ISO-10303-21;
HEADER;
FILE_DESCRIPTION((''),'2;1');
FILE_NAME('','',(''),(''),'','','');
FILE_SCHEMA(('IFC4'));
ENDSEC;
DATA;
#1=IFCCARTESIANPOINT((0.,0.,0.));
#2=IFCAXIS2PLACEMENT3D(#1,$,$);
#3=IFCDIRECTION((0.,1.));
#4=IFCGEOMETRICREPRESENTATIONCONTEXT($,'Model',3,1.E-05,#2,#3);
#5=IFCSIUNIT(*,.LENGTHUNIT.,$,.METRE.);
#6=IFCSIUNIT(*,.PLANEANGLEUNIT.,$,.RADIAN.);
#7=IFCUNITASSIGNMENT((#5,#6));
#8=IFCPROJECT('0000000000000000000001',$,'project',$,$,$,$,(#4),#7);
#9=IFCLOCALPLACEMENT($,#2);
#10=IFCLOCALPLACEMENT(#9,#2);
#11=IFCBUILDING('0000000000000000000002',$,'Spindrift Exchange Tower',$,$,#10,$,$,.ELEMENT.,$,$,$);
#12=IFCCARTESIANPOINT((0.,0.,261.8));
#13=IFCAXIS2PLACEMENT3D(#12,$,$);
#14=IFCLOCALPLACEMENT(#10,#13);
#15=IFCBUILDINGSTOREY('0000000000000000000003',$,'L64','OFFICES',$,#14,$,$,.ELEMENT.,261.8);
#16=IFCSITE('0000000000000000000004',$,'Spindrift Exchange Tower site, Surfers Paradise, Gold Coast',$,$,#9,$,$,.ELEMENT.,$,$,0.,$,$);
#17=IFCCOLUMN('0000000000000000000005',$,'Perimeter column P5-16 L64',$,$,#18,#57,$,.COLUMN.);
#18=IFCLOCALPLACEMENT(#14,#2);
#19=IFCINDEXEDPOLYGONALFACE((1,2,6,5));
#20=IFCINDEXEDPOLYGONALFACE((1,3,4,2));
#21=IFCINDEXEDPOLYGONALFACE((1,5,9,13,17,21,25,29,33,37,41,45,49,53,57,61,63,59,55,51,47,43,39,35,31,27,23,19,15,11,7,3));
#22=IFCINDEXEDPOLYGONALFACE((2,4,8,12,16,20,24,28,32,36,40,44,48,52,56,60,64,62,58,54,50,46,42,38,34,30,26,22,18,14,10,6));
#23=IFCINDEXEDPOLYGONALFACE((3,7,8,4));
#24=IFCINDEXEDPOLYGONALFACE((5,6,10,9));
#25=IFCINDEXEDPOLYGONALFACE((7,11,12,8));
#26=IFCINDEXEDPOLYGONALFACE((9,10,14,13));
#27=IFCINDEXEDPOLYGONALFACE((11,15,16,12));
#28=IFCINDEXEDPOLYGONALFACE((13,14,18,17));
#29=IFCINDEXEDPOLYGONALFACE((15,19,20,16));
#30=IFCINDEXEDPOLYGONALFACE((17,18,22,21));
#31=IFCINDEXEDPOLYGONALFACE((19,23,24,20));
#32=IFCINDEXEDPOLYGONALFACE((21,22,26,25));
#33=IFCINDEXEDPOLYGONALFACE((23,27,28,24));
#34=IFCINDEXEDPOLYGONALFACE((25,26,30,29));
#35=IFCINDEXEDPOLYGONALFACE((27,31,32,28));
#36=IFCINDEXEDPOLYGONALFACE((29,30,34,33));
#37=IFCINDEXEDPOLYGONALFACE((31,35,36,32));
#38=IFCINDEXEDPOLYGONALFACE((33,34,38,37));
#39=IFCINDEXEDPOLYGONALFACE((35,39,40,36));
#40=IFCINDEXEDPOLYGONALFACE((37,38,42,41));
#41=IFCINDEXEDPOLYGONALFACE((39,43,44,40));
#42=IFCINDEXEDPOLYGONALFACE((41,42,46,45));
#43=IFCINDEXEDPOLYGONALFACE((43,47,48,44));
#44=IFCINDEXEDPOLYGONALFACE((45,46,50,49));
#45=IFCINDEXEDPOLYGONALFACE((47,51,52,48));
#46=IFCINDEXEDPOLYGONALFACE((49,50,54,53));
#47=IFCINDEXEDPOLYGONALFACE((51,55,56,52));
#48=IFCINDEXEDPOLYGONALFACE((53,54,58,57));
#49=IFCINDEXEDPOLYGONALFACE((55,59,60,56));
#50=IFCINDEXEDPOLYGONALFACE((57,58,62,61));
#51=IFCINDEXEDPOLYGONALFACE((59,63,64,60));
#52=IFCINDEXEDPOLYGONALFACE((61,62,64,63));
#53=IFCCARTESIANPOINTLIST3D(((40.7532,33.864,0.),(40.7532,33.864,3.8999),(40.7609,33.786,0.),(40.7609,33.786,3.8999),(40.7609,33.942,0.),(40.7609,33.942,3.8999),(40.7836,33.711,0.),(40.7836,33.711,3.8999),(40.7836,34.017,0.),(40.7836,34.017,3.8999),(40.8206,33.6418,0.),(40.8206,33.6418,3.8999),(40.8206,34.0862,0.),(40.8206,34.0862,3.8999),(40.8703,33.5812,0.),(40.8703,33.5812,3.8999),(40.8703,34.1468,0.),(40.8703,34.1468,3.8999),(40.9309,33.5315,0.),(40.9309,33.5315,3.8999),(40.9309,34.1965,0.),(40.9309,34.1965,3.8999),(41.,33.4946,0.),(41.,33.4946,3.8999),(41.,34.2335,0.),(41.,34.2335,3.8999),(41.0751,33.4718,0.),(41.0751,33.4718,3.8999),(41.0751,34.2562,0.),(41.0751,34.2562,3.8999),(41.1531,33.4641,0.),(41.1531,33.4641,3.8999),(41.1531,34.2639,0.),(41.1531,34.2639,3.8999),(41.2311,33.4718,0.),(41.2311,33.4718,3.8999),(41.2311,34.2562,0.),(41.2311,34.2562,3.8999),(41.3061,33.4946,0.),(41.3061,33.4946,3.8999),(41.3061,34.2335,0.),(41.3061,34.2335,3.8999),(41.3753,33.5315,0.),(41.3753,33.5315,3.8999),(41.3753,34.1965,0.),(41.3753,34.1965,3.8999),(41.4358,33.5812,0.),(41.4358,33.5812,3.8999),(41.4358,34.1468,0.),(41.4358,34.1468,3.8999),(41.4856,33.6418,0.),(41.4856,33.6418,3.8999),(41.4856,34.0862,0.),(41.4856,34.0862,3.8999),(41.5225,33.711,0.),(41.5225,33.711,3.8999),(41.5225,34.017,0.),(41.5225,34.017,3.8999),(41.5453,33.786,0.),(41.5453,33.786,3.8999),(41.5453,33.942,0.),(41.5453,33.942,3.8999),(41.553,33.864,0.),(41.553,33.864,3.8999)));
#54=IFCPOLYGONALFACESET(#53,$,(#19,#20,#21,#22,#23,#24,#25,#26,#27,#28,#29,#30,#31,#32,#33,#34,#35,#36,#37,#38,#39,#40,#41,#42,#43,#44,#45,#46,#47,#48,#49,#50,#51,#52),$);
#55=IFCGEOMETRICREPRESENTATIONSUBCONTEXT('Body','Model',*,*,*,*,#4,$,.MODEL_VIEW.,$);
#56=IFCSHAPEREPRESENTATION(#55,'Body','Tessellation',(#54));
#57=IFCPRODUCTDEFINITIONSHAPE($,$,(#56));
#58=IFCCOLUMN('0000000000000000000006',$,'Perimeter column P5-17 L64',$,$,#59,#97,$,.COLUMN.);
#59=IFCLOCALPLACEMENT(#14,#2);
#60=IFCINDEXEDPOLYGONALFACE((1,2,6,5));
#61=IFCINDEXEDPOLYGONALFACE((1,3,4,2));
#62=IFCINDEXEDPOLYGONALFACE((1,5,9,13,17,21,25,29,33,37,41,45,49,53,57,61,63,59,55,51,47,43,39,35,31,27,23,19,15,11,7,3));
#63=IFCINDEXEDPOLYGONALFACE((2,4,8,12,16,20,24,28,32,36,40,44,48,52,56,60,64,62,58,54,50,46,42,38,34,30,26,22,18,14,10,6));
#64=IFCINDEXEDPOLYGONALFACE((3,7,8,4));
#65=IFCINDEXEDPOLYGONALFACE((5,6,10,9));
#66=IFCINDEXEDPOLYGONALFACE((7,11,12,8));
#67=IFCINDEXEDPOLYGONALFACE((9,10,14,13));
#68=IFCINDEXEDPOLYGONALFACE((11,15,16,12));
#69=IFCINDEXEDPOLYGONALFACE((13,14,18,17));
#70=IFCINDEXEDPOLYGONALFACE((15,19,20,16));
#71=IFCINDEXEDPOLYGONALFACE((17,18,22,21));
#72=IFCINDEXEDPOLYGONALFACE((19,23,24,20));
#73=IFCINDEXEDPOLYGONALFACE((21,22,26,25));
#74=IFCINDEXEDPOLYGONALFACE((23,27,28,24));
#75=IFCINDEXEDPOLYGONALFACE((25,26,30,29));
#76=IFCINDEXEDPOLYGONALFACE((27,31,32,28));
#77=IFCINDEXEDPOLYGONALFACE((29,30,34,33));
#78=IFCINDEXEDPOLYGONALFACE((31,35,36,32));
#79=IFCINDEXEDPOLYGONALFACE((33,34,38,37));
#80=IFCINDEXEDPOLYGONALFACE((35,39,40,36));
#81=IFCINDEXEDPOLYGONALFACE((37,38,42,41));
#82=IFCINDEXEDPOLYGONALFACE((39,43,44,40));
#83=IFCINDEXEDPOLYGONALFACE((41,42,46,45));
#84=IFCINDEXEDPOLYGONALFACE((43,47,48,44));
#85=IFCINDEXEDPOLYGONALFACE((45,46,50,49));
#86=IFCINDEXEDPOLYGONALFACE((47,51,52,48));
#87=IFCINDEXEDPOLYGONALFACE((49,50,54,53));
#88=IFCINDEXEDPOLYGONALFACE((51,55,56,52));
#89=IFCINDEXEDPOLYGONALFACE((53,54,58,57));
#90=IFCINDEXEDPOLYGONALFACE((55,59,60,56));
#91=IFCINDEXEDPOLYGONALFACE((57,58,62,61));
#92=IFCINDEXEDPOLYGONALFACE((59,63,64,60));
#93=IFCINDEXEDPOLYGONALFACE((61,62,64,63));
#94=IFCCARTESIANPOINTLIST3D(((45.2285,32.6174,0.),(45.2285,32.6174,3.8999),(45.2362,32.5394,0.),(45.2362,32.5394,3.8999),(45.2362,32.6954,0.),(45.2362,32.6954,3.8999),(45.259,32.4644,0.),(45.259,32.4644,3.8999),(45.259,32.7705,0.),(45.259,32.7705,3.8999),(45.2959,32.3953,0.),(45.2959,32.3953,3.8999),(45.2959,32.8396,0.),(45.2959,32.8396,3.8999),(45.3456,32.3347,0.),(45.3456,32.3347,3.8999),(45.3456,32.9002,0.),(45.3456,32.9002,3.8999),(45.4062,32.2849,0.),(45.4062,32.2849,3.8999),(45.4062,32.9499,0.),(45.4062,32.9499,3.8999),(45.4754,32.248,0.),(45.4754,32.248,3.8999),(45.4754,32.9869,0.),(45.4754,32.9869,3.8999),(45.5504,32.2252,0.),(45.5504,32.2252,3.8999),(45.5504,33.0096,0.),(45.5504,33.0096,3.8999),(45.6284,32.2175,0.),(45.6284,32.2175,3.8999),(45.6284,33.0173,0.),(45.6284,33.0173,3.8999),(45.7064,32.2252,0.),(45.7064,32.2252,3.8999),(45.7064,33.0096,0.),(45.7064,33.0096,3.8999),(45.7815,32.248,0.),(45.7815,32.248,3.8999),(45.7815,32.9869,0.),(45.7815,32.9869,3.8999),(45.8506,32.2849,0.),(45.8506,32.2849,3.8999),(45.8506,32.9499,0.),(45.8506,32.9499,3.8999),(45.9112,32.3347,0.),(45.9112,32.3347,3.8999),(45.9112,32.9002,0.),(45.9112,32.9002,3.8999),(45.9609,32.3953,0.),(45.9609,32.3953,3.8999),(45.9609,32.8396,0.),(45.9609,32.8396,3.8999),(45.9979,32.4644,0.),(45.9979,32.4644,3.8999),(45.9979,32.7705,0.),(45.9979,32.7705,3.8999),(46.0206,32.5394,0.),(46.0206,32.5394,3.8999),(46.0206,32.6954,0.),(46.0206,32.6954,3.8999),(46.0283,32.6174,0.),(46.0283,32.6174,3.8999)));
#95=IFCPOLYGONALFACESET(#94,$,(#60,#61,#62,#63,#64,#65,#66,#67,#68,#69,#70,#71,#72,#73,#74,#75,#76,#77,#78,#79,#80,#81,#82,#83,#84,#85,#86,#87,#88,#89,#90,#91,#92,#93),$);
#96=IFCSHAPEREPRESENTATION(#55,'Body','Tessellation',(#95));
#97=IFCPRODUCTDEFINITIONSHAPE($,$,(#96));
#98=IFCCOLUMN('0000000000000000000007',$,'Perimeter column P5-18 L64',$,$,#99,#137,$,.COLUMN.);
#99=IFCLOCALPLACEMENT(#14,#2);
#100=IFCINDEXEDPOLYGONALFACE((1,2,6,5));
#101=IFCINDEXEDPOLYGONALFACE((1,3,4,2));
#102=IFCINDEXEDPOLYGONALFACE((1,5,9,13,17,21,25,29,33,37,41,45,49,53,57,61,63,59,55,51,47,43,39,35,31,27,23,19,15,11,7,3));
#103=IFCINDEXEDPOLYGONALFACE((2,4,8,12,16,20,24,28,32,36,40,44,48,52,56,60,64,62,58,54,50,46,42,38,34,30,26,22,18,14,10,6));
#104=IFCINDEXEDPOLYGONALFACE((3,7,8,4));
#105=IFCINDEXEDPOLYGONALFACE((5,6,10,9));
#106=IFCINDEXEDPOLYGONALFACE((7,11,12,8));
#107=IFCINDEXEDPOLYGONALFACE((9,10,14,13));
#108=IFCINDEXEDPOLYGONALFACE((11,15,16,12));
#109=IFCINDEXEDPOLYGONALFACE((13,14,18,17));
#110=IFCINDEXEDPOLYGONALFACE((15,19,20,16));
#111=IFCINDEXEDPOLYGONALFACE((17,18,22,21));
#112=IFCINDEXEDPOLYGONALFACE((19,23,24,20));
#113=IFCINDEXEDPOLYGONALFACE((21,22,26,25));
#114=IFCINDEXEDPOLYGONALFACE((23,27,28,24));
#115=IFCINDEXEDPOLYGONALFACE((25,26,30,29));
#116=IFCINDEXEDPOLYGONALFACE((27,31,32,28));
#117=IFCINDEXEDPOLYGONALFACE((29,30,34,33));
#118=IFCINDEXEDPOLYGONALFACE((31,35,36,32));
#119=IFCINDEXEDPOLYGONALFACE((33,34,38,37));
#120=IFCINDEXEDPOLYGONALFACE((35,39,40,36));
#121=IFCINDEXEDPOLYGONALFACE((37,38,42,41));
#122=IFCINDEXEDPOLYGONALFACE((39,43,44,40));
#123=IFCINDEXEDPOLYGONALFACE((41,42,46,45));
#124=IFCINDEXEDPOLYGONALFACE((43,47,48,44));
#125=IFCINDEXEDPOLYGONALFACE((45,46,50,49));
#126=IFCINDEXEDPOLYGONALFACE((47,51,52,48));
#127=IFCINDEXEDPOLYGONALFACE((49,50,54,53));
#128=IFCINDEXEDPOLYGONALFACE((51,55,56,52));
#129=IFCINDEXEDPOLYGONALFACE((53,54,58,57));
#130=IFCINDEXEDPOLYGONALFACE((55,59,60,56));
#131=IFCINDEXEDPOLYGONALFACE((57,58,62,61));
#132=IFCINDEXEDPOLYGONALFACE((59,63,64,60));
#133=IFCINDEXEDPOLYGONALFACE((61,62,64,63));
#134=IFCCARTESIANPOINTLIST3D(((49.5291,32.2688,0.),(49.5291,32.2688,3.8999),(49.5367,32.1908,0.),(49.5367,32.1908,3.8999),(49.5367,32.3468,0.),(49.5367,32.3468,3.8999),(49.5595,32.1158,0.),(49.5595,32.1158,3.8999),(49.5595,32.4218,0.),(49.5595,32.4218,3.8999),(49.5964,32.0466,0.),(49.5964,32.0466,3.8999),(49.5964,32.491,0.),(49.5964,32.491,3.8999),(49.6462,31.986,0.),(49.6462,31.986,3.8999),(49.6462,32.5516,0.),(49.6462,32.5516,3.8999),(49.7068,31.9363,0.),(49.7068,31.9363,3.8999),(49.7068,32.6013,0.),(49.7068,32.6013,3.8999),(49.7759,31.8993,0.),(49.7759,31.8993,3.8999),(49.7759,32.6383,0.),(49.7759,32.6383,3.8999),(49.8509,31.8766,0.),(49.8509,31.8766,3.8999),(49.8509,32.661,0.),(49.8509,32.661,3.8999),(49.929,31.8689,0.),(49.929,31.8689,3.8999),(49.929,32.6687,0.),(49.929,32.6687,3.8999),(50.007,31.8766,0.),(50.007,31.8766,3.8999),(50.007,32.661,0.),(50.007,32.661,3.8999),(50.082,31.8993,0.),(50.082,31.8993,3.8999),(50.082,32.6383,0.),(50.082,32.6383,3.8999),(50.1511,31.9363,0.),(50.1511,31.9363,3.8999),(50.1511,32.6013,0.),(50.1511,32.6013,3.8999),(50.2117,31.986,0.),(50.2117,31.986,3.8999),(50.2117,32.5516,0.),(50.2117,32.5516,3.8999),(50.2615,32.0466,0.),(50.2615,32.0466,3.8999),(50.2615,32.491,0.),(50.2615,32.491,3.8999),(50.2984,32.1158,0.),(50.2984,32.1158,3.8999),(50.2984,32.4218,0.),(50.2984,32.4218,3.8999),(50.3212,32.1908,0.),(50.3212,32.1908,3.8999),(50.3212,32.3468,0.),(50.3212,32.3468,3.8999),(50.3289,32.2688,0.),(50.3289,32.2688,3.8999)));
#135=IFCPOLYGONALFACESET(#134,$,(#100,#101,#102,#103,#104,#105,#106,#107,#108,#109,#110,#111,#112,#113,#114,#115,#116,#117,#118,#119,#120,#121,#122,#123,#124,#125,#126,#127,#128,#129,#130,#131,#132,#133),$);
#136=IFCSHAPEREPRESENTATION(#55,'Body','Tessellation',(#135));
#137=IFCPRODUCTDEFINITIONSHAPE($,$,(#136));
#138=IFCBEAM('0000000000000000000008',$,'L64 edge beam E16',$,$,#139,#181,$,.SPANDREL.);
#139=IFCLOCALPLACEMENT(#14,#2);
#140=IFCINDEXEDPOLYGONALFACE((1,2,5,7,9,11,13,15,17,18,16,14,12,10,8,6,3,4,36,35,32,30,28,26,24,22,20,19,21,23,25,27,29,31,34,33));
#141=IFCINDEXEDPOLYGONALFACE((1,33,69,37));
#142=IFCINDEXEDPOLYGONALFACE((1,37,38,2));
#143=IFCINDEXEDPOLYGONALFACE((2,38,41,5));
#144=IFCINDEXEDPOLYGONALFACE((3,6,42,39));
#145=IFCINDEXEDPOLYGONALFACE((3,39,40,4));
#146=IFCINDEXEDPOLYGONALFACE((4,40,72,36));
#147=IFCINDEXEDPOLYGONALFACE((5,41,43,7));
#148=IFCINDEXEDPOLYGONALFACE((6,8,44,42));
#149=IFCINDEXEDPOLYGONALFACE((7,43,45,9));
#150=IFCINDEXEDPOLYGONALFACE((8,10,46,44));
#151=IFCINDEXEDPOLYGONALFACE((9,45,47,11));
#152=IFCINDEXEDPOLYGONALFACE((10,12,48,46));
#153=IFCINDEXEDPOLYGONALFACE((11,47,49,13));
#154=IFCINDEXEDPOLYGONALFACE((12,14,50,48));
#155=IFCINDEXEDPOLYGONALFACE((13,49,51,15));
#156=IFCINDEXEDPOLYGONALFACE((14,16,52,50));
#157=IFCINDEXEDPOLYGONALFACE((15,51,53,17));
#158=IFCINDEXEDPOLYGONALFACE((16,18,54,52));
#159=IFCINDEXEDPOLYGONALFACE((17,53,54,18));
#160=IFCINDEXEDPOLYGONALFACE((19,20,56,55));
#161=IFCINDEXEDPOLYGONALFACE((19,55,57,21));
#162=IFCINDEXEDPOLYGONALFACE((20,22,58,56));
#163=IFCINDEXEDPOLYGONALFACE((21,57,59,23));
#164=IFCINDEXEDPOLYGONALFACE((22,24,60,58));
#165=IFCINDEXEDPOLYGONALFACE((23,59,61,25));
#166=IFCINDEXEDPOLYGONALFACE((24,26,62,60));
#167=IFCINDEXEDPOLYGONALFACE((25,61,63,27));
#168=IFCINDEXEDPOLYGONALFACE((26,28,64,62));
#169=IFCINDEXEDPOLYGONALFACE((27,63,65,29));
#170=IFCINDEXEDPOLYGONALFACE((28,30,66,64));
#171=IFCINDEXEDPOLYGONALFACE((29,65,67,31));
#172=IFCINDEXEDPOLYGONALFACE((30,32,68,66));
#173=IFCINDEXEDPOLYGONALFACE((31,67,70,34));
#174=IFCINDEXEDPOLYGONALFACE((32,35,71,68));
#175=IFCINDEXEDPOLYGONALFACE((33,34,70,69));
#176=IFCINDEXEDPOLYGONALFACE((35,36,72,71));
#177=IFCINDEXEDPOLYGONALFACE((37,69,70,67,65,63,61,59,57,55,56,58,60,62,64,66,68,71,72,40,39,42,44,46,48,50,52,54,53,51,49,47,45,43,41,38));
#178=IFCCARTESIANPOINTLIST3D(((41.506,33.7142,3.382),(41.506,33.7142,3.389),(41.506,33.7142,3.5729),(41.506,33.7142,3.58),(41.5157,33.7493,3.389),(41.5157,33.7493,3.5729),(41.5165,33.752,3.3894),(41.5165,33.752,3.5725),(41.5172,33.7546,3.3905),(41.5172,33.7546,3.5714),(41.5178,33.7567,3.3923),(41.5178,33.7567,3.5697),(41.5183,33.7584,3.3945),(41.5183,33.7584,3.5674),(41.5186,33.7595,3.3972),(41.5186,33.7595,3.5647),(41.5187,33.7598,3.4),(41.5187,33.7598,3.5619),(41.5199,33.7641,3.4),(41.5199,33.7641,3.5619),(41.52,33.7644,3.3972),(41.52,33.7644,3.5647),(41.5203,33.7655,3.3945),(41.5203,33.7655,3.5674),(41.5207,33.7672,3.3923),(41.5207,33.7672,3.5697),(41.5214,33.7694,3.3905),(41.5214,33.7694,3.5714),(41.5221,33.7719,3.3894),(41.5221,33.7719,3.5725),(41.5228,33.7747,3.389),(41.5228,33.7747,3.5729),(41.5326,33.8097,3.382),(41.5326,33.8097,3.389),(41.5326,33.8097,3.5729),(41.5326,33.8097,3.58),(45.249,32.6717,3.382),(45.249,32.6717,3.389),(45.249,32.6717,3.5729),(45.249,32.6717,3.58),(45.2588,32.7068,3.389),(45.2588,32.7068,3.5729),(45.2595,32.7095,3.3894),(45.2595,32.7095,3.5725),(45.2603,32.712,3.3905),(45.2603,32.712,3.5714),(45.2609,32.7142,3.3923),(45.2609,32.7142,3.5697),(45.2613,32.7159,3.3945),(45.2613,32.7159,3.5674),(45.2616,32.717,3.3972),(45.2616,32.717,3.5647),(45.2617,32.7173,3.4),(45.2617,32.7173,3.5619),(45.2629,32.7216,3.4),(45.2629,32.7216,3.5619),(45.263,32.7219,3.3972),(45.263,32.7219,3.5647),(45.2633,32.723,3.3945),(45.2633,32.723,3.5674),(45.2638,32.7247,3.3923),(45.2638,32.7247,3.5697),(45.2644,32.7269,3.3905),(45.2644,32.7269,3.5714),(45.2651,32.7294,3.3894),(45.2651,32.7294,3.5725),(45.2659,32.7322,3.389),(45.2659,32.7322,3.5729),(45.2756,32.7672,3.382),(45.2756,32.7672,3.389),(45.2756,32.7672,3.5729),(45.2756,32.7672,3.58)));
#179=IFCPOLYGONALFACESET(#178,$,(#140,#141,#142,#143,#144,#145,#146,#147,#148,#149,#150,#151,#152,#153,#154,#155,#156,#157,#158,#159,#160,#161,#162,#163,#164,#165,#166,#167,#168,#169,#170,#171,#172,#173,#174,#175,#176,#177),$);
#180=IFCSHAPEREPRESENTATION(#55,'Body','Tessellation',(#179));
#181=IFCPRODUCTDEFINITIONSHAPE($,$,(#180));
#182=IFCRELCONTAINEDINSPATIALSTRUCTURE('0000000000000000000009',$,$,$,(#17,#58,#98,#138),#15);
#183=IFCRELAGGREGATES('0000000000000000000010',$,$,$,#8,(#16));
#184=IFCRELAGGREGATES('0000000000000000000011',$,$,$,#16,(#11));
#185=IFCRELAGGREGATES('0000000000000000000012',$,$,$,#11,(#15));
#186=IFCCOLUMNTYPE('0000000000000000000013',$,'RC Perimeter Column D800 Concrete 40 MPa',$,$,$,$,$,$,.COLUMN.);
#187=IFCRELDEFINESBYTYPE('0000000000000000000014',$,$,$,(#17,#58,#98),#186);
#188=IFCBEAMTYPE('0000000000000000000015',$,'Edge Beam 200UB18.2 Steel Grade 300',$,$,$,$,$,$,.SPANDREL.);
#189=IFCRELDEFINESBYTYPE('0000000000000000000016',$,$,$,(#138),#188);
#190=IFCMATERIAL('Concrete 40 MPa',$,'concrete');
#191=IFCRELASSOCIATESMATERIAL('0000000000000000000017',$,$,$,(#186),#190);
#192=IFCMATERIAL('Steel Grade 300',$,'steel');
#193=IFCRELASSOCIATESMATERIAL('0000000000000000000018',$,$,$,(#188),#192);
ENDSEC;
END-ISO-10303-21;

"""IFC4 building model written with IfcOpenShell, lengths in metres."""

from ifc_helpers import new_model, si_unit, direction, frame, origin, origin_2d, place, context, subcontext, project, spatial, circle, i_section, extrude, source, transform, mapped, material, material_profile, profile_set, type_object, element, save


model = new_model("IFC4")

# Units and contexts
model_context = context("Model", 3, precision=1e-05, world=origin(), true_north=direction((0.0, 1.0)))
body_context = subcontext(model_context, "Body", "Model", "MODEL_VIEW")
ifc_project = project(units=[si_unit("LENGTHUNIT", "METRE"), si_unit("PLANEANGLEUNIT", "RADIAN")], contexts=[model_context])

# Site, building, storey
site_placement = place(None, origin())
site = spatial("IfcSite", under=ifc_project, at=site_placement, Name="Spindrift Exchange Tower site, Surfers Paradise, Gold Coast", CompositionType="ELEMENT", RefElevation=0.0)
building_placement = place(site_placement, origin())
building = spatial("IfcBuilding", under=site, at=building_placement, Name="Spindrift Exchange Tower", CompositionType="ELEMENT")
storey_placement = place(building_placement, frame((0.0, 0.0, 261.8)))
storey = spatial("IfcBuildingStorey", under=building, at=storey_placement, Name="L64", Description="OFFICES", CompositionType="ELEMENT", Elevation=261.8)

# Columns
ifc_material_1 = material(Name="Concrete 40 MPa", Category="concrete")
ifc_material_profile_1 = material_profile(ifc_material_1, circle(Radius=0.3999, at=origin_2d()), Name="RC D800")
ifc_profile_set_1 = profile_set([ifc_material_profile_1], Name="Concrete 40 MPa")
column_type = type_object("IfcColumnType", Name="RC Perimeter Column D800 Concrete 40 MPa", PredefinedType="COLUMN", material=ifc_profile_set_1)
shared_shape_1 = source(origin(), body_context, "Body", "SweptSolid", [
    extrude(circle(Radius=0.3999, at=origin_2d()), origin(), (0.0, 0.0, 1.0), 3.8999),
])
for number, where, z_axis, x_axis, name in (
    (1, (41.1531, 33.864, 0.0), (0.0, 0.0, 1.0), (1.0, 0.0, 0.0), "Perimeter column P5-16 L64"),
    (2, (45.6284, 32.6174, 0.0), (0.0, 0.0, 1.0), (1.0, 0.0, 0.0), "Perimeter column P5-17 L64"),
    (3, (49.929, 32.2688, 0.0), (0.0, 0.0, 1.0), (1.0, 0.0, 0.0), "Perimeter column P5-18 L64"),
):
    element("IfcColumn", number, at=place(storey_placement, frame(where, z_axis=z_axis, x_axis=x_axis)), inside=storey, type_object=column_type, Name=name, PredefinedType="COLUMN", context=body_context, shape_type="MappedRepresentation", body=[
        mapped(shared_shape_1, transform((0.0, 0.0, 0.0), scale=1.0)),
    ])

# Beam
ifc_material_2 = material(Name="Steel Grade 300", Category="steel")
ifc_material_profile_2 = material_profile(ifc_material_2, i_section(OverallWidth=0.0991, OverallDepth=0.198, WebThickness=0.0044, FlangeThickness=0.0071, FilletRadius=0.011, at=origin_2d()), Name="200UB18.2")
ifc_profile_set_2 = profile_set([ifc_material_profile_2], Name="Steel Grade 300")
beam_type = type_object("IfcBeamType", Name="Edge Beam 200UB18.2 Steel Grade 300", PredefinedType="SPANDREL", material=ifc_profile_set_2)
shared_shape_2 = source(origin(), body_context, "Body", "SweptSolid", [
    extrude(i_section(OverallWidth=0.0991, OverallDepth=0.198, WebThickness=0.0044, FlangeThickness=0.0071, FilletRadius=0.011, at=origin_2d()), origin(), (0.0, 0.0, 1.0), 3.8855),
])
beam_1_placement = place(storey_placement, frame((41.5193, 33.762, 3.481), z_axis=(0.963333, -0.268308, 0.0), x_axis=(0.268308, 0.963333, 0.0)))
element("IfcBeam", 4, at=beam_1_placement, inside=storey, type_object=beam_type, Name="L64 edge beam E16", PredefinedType="SPANDREL", context=body_context, shape_type="MappedRepresentation", body=[
    mapped(shared_shape_2, transform((0.0, 0.0, 0.0), scale=1.0)),
])

save(model, "model.ifc")
